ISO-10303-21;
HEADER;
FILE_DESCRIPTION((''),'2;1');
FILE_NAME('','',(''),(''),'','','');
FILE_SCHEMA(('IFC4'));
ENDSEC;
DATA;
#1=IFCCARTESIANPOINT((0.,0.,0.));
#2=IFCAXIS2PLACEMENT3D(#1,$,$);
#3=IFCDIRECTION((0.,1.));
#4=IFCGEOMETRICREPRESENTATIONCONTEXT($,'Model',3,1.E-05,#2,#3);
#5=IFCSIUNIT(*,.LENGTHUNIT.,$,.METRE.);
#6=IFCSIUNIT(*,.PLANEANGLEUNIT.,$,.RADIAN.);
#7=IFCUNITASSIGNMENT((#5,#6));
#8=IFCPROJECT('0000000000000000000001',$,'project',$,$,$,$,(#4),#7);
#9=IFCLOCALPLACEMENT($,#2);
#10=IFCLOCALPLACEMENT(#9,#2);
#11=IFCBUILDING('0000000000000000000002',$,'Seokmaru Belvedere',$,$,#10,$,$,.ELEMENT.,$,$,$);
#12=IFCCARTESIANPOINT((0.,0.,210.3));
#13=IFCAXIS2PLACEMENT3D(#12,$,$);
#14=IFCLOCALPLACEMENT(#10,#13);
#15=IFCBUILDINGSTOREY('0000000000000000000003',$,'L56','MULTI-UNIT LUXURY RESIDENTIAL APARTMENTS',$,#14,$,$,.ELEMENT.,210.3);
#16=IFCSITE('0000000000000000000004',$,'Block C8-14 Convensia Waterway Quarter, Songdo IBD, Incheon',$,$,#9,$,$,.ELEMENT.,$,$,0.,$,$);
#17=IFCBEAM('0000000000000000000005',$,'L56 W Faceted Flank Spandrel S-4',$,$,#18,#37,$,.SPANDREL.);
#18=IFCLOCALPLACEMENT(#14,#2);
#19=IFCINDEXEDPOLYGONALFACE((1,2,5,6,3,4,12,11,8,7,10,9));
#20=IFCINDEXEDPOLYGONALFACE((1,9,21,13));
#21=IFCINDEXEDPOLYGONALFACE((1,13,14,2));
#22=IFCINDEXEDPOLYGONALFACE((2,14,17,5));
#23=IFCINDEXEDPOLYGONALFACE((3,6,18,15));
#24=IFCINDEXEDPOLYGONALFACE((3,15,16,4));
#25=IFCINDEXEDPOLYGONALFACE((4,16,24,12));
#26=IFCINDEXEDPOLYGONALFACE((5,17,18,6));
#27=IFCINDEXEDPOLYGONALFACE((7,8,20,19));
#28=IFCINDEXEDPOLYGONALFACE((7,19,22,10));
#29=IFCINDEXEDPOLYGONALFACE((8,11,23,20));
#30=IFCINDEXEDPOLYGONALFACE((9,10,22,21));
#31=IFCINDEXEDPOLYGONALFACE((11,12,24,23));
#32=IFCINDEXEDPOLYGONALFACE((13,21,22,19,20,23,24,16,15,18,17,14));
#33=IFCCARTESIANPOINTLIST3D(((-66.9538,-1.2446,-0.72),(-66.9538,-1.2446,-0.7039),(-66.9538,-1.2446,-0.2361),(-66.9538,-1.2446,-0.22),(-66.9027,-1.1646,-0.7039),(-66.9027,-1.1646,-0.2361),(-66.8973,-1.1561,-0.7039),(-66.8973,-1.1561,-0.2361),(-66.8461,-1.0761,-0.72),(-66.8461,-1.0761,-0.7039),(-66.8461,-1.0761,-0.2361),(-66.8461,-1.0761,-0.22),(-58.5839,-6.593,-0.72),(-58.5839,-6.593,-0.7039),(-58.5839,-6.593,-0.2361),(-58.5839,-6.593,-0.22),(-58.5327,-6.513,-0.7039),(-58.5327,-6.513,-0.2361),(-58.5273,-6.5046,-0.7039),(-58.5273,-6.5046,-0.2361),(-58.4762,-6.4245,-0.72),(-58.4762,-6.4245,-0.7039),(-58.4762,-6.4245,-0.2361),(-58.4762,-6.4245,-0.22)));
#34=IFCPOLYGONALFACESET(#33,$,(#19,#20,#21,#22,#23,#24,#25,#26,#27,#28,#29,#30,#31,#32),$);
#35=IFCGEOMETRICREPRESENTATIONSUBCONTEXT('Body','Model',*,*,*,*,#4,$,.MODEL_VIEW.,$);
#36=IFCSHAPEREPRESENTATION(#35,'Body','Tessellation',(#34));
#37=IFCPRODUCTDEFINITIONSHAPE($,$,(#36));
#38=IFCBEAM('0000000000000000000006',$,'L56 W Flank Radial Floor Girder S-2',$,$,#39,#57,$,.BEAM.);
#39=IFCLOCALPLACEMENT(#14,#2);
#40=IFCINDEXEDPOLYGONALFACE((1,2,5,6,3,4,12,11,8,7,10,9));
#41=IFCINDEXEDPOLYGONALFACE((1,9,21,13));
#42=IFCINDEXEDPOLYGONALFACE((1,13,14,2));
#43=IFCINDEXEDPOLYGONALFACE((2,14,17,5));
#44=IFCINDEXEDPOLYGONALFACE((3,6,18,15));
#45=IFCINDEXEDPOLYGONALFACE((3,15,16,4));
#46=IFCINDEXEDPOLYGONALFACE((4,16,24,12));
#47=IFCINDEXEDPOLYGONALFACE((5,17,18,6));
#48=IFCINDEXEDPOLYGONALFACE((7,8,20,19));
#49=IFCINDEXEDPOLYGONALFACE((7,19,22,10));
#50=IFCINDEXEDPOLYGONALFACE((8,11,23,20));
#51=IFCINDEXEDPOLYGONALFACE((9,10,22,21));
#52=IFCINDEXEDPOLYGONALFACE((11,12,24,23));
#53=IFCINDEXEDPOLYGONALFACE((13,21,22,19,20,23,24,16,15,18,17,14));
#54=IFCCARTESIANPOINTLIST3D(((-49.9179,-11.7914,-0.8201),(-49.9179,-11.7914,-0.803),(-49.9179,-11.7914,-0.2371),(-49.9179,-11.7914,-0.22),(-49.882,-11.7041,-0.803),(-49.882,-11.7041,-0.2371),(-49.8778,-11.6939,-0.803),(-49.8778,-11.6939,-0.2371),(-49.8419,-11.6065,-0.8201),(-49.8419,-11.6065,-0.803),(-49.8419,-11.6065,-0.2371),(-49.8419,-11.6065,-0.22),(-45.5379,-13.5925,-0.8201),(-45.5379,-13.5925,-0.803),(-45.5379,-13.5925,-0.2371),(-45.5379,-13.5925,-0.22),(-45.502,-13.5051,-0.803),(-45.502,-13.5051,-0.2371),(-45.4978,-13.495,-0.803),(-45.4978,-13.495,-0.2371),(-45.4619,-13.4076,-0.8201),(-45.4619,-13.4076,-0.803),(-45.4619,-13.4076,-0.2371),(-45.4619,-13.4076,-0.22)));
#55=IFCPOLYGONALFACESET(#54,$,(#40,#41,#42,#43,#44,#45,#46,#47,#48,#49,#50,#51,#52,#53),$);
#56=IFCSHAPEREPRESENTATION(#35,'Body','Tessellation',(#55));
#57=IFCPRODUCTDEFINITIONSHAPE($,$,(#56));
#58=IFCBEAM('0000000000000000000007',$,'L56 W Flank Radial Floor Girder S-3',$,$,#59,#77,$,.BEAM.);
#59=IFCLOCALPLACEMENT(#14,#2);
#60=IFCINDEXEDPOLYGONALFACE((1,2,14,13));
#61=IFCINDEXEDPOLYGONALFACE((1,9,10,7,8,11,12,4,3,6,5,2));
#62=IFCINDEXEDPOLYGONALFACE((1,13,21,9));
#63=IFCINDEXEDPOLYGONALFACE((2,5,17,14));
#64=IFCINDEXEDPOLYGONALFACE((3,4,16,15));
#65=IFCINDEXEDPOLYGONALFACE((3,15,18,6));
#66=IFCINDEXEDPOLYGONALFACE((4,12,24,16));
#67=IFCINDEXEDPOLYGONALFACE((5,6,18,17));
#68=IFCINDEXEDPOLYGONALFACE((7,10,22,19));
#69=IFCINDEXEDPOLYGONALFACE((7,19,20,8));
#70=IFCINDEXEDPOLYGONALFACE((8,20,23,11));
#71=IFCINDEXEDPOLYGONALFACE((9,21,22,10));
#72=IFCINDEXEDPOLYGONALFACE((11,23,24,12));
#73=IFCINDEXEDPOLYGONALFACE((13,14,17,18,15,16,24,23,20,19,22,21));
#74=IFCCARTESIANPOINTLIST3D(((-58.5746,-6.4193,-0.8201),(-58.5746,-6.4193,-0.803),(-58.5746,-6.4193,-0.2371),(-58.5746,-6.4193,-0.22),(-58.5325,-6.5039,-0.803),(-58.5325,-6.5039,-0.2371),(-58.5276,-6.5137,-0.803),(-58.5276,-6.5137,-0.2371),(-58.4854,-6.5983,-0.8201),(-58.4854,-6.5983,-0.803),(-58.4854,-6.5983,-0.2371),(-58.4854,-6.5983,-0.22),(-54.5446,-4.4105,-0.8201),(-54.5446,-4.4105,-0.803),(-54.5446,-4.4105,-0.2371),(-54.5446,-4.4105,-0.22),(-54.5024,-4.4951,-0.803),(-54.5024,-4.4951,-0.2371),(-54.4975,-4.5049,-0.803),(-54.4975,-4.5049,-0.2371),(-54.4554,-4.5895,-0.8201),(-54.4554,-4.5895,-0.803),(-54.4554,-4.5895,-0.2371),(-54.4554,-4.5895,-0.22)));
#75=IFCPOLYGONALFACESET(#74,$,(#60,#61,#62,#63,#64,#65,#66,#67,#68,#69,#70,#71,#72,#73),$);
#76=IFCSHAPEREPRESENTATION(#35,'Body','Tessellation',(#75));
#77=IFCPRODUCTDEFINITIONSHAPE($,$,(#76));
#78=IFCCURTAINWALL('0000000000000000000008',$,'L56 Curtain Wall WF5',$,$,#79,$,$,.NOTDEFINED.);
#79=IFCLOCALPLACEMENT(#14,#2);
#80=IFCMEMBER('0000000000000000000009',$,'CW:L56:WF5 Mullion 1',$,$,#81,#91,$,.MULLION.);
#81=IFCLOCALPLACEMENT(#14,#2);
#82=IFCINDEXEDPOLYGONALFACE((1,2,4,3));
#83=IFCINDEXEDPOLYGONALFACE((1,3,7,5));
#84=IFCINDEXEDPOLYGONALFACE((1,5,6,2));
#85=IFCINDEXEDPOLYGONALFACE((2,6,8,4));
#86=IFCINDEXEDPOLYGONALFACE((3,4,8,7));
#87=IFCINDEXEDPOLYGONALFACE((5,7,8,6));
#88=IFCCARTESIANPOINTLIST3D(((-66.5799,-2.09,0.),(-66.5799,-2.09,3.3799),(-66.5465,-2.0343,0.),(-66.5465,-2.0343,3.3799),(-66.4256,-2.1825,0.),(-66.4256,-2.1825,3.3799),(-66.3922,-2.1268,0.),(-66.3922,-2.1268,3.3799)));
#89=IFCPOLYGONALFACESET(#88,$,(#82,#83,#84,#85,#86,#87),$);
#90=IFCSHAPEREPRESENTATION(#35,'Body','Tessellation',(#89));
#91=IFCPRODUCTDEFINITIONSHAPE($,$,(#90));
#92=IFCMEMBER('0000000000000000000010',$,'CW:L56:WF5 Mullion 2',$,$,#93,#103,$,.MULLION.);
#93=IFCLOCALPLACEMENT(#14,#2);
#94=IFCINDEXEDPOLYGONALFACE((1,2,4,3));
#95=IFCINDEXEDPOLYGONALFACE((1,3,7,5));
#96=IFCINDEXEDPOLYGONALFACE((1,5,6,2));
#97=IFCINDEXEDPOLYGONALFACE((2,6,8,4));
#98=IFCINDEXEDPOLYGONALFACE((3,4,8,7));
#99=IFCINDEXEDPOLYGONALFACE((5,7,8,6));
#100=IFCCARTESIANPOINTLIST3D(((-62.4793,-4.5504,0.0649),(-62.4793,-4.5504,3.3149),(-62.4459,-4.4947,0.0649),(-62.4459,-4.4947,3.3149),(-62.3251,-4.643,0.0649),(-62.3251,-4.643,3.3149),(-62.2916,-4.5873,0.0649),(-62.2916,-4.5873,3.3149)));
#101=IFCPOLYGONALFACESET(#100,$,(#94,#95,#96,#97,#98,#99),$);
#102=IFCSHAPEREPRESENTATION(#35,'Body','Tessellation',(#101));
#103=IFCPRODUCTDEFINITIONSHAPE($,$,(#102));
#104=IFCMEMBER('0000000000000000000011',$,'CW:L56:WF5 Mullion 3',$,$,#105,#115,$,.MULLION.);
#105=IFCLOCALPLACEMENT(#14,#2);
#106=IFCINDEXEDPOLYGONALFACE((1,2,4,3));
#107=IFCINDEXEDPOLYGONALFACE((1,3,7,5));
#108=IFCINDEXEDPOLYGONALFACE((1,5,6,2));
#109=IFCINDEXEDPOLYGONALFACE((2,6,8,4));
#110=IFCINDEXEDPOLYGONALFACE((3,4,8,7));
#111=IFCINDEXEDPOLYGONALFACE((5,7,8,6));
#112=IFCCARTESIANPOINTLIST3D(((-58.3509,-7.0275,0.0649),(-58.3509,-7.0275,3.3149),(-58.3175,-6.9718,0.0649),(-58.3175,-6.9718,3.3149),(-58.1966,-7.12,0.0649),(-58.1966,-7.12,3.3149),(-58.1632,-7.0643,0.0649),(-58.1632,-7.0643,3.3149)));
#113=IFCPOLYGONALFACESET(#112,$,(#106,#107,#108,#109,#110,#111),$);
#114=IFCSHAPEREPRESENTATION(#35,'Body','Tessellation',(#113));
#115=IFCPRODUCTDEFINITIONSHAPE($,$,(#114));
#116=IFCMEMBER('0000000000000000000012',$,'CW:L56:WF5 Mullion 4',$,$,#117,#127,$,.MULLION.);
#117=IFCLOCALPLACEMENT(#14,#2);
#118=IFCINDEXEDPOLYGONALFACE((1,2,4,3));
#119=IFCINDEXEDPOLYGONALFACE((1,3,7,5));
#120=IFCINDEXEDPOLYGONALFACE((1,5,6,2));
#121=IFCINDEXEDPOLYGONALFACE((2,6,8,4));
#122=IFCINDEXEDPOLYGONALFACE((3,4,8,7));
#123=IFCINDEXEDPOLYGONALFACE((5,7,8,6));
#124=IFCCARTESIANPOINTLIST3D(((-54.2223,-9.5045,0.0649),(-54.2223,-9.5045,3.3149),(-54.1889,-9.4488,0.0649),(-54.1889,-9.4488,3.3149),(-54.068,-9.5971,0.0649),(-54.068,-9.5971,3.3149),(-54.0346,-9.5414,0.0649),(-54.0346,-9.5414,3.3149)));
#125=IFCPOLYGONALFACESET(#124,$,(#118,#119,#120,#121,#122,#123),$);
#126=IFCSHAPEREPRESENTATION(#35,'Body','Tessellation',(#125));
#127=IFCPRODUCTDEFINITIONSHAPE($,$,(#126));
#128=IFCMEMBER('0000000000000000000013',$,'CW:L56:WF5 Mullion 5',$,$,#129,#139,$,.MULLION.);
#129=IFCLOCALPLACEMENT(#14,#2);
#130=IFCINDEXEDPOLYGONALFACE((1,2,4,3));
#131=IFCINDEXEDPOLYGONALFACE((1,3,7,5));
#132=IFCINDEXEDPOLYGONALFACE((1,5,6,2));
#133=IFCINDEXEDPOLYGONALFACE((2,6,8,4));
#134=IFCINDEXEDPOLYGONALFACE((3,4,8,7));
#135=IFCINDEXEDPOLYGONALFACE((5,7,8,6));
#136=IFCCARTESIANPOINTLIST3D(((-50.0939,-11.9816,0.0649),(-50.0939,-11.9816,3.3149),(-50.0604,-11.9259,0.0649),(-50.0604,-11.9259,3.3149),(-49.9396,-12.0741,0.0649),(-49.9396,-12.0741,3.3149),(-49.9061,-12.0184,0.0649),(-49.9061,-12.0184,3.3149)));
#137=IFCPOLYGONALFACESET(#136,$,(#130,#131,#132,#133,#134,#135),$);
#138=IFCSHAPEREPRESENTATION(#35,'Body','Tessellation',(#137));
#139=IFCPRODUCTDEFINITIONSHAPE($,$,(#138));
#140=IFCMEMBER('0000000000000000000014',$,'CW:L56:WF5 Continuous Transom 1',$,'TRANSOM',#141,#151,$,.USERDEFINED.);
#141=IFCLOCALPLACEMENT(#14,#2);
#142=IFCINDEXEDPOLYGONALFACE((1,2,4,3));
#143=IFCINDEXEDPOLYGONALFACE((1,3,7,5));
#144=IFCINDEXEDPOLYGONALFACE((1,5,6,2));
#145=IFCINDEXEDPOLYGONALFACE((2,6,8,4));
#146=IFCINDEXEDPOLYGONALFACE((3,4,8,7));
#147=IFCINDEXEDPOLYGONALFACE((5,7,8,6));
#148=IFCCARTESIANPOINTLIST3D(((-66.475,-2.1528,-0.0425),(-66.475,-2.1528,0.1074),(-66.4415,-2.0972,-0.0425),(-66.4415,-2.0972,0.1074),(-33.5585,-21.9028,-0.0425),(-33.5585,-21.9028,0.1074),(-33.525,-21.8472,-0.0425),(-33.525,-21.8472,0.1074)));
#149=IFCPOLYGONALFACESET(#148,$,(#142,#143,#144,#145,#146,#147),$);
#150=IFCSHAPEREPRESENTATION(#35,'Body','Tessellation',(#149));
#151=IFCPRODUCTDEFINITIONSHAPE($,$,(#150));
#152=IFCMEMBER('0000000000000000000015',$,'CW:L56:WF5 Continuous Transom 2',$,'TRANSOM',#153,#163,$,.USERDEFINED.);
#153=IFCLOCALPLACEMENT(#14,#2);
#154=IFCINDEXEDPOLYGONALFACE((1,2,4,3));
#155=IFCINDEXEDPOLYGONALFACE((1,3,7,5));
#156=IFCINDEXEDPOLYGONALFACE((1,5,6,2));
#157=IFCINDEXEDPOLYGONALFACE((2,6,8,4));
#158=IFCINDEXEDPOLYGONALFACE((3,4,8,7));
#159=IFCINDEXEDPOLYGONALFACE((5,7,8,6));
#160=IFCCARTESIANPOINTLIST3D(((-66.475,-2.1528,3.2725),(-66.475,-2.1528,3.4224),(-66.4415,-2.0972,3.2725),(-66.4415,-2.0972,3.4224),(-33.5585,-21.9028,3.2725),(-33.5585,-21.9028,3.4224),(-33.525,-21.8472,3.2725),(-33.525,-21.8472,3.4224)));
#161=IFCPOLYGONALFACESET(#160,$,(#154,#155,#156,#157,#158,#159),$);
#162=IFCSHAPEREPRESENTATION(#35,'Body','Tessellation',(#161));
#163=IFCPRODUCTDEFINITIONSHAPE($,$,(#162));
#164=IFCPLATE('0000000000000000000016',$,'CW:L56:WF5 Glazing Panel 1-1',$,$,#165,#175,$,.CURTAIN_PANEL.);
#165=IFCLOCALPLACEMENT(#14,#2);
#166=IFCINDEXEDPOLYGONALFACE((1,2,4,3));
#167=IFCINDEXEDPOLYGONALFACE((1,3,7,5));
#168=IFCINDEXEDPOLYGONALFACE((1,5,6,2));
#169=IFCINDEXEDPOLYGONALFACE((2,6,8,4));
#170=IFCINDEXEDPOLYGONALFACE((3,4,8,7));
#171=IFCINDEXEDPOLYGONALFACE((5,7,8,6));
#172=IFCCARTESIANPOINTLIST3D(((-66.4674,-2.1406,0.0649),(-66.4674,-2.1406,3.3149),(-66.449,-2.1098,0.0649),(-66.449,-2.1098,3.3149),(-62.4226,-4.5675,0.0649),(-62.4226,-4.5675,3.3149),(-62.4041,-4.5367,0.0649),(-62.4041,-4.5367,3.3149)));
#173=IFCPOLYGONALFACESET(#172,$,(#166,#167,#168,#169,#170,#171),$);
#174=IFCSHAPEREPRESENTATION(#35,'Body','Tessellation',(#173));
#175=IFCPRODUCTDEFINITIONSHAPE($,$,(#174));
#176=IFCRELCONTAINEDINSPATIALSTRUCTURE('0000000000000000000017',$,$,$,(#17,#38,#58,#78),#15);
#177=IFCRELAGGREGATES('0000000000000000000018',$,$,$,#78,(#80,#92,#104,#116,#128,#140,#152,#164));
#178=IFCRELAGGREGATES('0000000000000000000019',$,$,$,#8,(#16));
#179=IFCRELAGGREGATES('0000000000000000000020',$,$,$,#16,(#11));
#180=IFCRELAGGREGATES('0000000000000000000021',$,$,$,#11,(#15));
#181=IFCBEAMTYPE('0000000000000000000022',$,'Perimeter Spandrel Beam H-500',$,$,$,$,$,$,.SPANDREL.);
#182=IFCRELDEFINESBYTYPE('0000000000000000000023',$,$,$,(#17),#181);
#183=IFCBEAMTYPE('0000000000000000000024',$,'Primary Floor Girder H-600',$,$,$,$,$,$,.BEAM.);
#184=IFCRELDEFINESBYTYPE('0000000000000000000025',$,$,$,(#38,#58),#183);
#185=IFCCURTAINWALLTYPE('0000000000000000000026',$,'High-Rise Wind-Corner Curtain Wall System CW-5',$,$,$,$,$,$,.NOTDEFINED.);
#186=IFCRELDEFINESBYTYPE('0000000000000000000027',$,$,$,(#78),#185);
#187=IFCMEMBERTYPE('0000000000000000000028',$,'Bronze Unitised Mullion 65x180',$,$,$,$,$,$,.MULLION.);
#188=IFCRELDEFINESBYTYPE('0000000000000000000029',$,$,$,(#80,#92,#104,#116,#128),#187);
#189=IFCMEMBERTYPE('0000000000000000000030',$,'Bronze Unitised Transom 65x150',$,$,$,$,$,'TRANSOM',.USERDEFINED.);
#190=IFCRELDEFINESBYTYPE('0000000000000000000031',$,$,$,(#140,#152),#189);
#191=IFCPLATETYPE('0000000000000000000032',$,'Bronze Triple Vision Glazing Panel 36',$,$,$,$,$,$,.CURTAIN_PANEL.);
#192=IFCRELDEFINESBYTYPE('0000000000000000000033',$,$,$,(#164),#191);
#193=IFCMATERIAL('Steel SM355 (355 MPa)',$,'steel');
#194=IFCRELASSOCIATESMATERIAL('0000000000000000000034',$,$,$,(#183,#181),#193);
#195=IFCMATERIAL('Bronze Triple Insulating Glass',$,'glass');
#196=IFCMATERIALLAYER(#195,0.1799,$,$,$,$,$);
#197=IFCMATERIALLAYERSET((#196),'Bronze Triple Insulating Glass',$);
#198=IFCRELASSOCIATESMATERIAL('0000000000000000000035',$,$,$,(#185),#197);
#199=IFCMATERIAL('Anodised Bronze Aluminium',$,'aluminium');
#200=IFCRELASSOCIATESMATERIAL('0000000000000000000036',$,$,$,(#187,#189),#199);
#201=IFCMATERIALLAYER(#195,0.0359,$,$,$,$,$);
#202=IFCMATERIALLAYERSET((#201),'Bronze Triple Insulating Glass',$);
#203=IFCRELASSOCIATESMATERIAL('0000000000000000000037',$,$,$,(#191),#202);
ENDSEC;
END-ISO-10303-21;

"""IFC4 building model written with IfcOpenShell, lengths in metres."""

from ifc_helpers import new_model, si_unit, direction, frame, origin, origin_2d, place, context, subcontext, project, spatial, rectangle, i_section, extrude, source, transform, mapped, material, layer, layer_set, material_profile, profile_set, type_object, type_shapes, element, aggregate, save


model = new_model("IFC4")

# Units and contexts
model_context = context("Model", 3, precision=1e-05, world=origin(), true_north=direction((0.0, 1.0)))
body_context = subcontext(model_context, "Body", "Model", "MODEL_VIEW")
ifc_project = project(units=[si_unit("LENGTHUNIT", "METRE"), si_unit("PLANEANGLEUNIT", "RADIAN")], contexts=[model_context])

# Site, building, storey
site_placement = place(None, origin())
site = spatial("IfcSite", under=ifc_project, at=site_placement, Name="Block C8-14 Convensia Waterway Quarter, Songdo IBD, Incheon", CompositionType="ELEMENT", RefElevation=0.0)
building_placement = place(site_placement, origin())
building = spatial("IfcBuilding", under=site, at=building_placement, Name="Seokmaru Belvedere", CompositionType="ELEMENT")
storey_placement = place(building_placement, frame((0.0, 0.0, 210.3)))
storey = spatial("IfcBuildingStorey", under=building, at=storey_placement, Name="L56", Description="MULTI-UNIT LUXURY RESIDENTIAL APARTMENTS", CompositionType="ELEMENT", Elevation=210.3)

# Shared definitions
ifc_material_1 = material(Name="Steel SM355 (355 MPa)", Category="steel")

# Beams
ifc_material_profile_1 = material_profile(ifc_material_1, i_section(OverallWidth=0.2, OverallDepth=0.6001, WebThickness=0.011, FlangeThickness=0.0171, at=origin_2d()), Name="H-600x200x11x17")
ifc_profile_set_1 = profile_set([ifc_material_profile_1], Name="Steel SM355 (355 MPa)")
beam_type_1 = type_object("IfcBeamType", Name="Primary Floor Girder H-600", PredefinedType="BEAM", material=ifc_profile_set_1)
ifc_material_profile_2 = material_profile(ifc_material_1, i_section(OverallWidth=0.2, OverallDepth=0.5, WebThickness=0.01, FlangeThickness=0.0161, at=origin_2d()), Name="H-500x200x10x16")
ifc_profile_set_2 = profile_set([ifc_material_profile_2], Name="Steel SM355 (355 MPa)")
beam_type_2 = type_object("IfcBeamType", Name="Perimeter Spandrel Beam H-500", PredefinedType="SPANDREL", material=ifc_profile_set_2)
shared_shape_1 = source(origin(), body_context, "Body", "SweptSolid", [
    extrude(i_section(OverallWidth=0.2, OverallDepth=0.5, WebThickness=0.01, FlangeThickness=0.0161, at=origin_2d()), origin(), (0.0, 0.0, 1.0), 9.9329),
])
beam_1_placement = place(storey_placement, frame((-58.53, -6.5088, -0.47), z_axis=(-0.842652, 0.538459, 0.0), x_axis=(-0.538459, -0.842652, 0.0)))
element("IfcBeam", 1, at=beam_1_placement, inside=storey, type_object=beam_type_2, Name="L56 W Faceted Flank Spandrel S-4", PredefinedType="SPANDREL", context=body_context, shape_type="MappedRepresentation", body=[
    mapped(shared_shape_1, transform((0.0, 0.0, 0.0), scale=1.0)),
])
shared_shape_2 = source(origin(), body_context, "Body", "SweptSolid", [
    extrude(i_section(OverallWidth=0.2, OverallDepth=0.6001, WebThickness=0.011, FlangeThickness=0.0171, at=origin_2d()), origin(), (0.0, 0.0, 1.0), 4.7358),
])
beam_2_placement = place(storey_placement, frame((-49.8799, -11.699, -0.52), z_axis=(0.924861, -0.380306, 0.0), x_axis=(0.380306, 0.924861, 0.0)))
element("IfcBeam", 2, at=beam_2_placement, inside=storey, type_object=beam_type_1, Name="L56 W Flank Radial Floor Girder S-2", PredefinedType="BEAM", context=body_context, shape_type="MappedRepresentation", body=[
    mapped(shared_shape_2, transform((0.0, 0.0, 0.0), scale=1.0)),
])
shared_shape_3 = source(origin(), body_context, "Body", "SweptSolid", [
    extrude(i_section(OverallWidth=0.2, OverallDepth=0.6001, WebThickness=0.011, FlangeThickness=0.0171, at=origin_2d()), origin(), (0.0, 0.0, 1.0), 4.5029),
])
beam_3_placement = place(storey_placement, frame((-58.53, -6.5088, -0.52), z_axis=(0.89498, 0.446107, 0.0), x_axis=(-0.446107, 0.89498, 0.0)))
element("IfcBeam", 3, at=beam_3_placement, inside=storey, type_object=beam_type_1, Name="L56 W Flank Radial Floor Girder S-3", PredefinedType="BEAM", context=body_context, shape_type="MappedRepresentation", body=[
    mapped(shared_shape_3, transform((0.0, 0.0, 0.0), scale=1.0)),
])

# Curtain wall, members, plate
ifc_material_2 = material(Name="Bronze Triple Insulating Glass", Category="glass")
ifc_layer_1 = layer(ifc_material_2, 0.1799)
ifc_layer_set_1 = layer_set([ifc_layer_1], Name="Bronze Triple Insulating Glass")
curtain_wall_type = type_object("IfcCurtainWallType", Name="High-Rise Wind-Corner Curtain Wall System CW-5", PredefinedType="NOTDEFINED", material=ifc_layer_set_1)
curtain_wall_placement = place(storey_placement, origin())
curtain_wall = element("IfcCurtainWall", 4, at=curtain_wall_placement, inside=storey, type_object=curtain_wall_type, Name="L56 Curtain Wall WF5", PredefinedType="NOTDEFINED")
ifc_material_3 = material(Name="Anodised Bronze Aluminium", Category="aluminium")
ifc_material_profile_3 = material_profile(ifc_material_3, rectangle(XDim=0.0649, YDim=0.1799, at=origin_2d()), Name="CW-M-65x180")
ifc_profile_set_3 = profile_set([ifc_material_profile_3], Name="Anodised Bronze Aluminium")
member_type_1 = type_object("IfcMemberType", Name="Bronze Unitised Mullion 65x180", PredefinedType="MULLION", material=ifc_profile_set_3)
shared_shape_4 = source(origin(), body_context, "Body", "SweptSolid", [
    extrude(rectangle(XDim=0.0649, YDim=0.1799, at=origin_2d()), origin(), (0.0, 0.0, 1.0), 3.3799),
])
member_1_placement = place(storey_placement, frame((-66.4861, -2.1084, 0.0), z_axis=(0.0, 0.0, 1.0), x_axis=(0.514495, 0.857493, 0.0)))
member_1 = element("IfcMember", 5, at=member_1_placement, type_object=member_type_1, Name="CW:L56:WF5 Mullion 1", PredefinedType="MULLION", context=body_context, shape_type="MappedRepresentation", body=[
    mapped(shared_shape_4, transform((0.0, 0.0, 0.0), scale=1.0)),
])
shared_shape_5 = source(origin(), body_context, "Body", "SweptSolid", [
    extrude(rectangle(XDim=0.0649, YDim=0.1799, at=origin_2d()), origin(), (0.0, 0.0, 1.0), 3.25),
])
type_shapes(member_type_1, [shared_shape_4, shared_shape_5])
member_2_placement = place(storey_placement, frame((-62.3855, -4.5688, 0.0649), z_axis=(0.0, 0.0, 1.0), x_axis=(0.514495, 0.857493, 0.0)))
member_2 = element("IfcMember", 6, at=member_2_placement, type_object=member_type_1, Name="CW:L56:WF5 Mullion 2", PredefinedType="MULLION", context=body_context, shape_type="MappedRepresentation", body=[
    mapped(shared_shape_5, transform((0.0, 0.0, 0.0), scale=1.0)),
])
member_3_placement = place(storey_placement, frame((-58.2571, -7.0459, 0.0649), z_axis=(0.0, 0.0, 1.0), x_axis=(0.514495, 0.857493, 0.0)))
member_3 = element("IfcMember", 7, at=member_3_placement, type_object=member_type_1, Name="CW:L56:WF5 Mullion 3", PredefinedType="MULLION", context=body_context, shape_type="MappedRepresentation", body=[
    mapped(shared_shape_5, transform((0.0, 0.0, 0.0), scale=1.0)),
])
member_4_placement = place(storey_placement, frame((-54.1284, -9.5229, 0.0649), z_axis=(0.0, 0.0, 1.0), x_axis=(0.514495, 0.857493, 0.0)))
member_4 = element("IfcMember", 8, at=member_4_placement, type_object=member_type_1, Name="CW:L56:WF5 Mullion 4", PredefinedType="MULLION", context=body_context, shape_type="MappedRepresentation", body=[
    mapped(shared_shape_5, transform((0.0, 0.0, 0.0), scale=1.0)),
])
member_5_placement = place(storey_placement, frame((-50.0, -12.0, 0.0649), z_axis=(0.0, 0.0, 1.0), x_axis=(0.514495, 0.857493, 0.0)))
member_5 = element("IfcMember", 9, at=member_5_placement, type_object=member_type_1, Name="CW:L56:WF5 Mullion 5", PredefinedType="MULLION", context=body_context, shape_type="MappedRepresentation", body=[
    mapped(shared_shape_5, transform((0.0, 0.0, 0.0), scale=1.0)),
])
ifc_material_profile_4 = material_profile(ifc_material_3, rectangle(XDim=0.0649, YDim=0.1499, at=origin_2d()), Name="CW-T-65x150")
ifc_profile_set_4 = profile_set([ifc_material_profile_4], Name="Anodised Bronze Aluminium")
member_type_2 = type_object("IfcMemberType", Name="Bronze Unitised Transom 65x150", ElementType="TRANSOM", PredefinedType="USERDEFINED", material=ifc_profile_set_4)
shared_shape_6 = source(origin(), body_context, "Body", "SweptSolid", [
    extrude(rectangle(XDim=0.0649, YDim=0.1499, at=origin_2d()), origin(), (0.0, 0.0, 1.0), 38.387),
])
type_shapes(member_type_2, [shared_shape_6])
member_6_placement = place(storey_placement, frame((-66.4583, -2.125, 0.0325), z_axis=(0.857492, -0.514498, 0.0), x_axis=(0.514498, 0.857492, 0.0)))
member_6 = element("IfcMember", 10, at=member_6_placement, type_object=member_type_2, Name="CW:L56:WF5 Continuous Transom 1", ObjectType="TRANSOM", PredefinedType="USERDEFINED", context=body_context, shape_type="MappedRepresentation", body=[
    mapped(shared_shape_6, transform((0.0, 0.0, 0.0), scale=1.0)),
])
member_7_placement = place(storey_placement, frame((-66.4583, -2.125, 3.3474), z_axis=(0.857492, -0.514498, 0.0), x_axis=(0.514498, 0.857492, 0.0)))
member_7 = element("IfcMember", 11, at=member_7_placement, type_object=member_type_2, Name="CW:L56:WF5 Continuous Transom 2", ObjectType="TRANSOM", PredefinedType="USERDEFINED", context=body_context, shape_type="MappedRepresentation", body=[
    mapped(shared_shape_6, transform((0.0, 0.0, 0.0), scale=1.0)),
])
ifc_layer_2 = layer(ifc_material_2, 0.0359)
ifc_layer_set_2 = layer_set([ifc_layer_2], Name="Bronze Triple Insulating Glass")
plate_type = type_object("IfcPlateType", Name="Bronze Triple Vision Glazing Panel 36", PredefinedType="CURTAIN_PANEL", material=ifc_layer_set_2)
shared_shape_7 = source(origin(), body_context, "Body", "SweptSolid", [
    extrude(rectangle(XDim=4.717, YDim=0.0359, at=origin_2d()), origin(), (0.0, 0.0, 1.0), 3.25),
])
plate_1_placement = place(storey_placement, frame((-64.4358, -3.3386, 0.0649), z_axis=(0.0, 0.0, 1.0), x_axis=(0.857493, -0.514495, 0.0)))
plate_1 = element("IfcPlate", 12, at=plate_1_placement, type_object=plate_type, Name="CW:L56:WF5 Glazing Panel 1-1", PredefinedType="CURTAIN_PANEL", context=body_context, shape_type="MappedRepresentation", body=[
    mapped(shared_shape_7, transform((0.0, 0.0, 0.0), scale=1.0)),
])
aggregate(curtain_wall, [member_1, member_2, member_3, member_4, member_5, member_6, member_7, plate_1])

save(model, "model.ifc")
